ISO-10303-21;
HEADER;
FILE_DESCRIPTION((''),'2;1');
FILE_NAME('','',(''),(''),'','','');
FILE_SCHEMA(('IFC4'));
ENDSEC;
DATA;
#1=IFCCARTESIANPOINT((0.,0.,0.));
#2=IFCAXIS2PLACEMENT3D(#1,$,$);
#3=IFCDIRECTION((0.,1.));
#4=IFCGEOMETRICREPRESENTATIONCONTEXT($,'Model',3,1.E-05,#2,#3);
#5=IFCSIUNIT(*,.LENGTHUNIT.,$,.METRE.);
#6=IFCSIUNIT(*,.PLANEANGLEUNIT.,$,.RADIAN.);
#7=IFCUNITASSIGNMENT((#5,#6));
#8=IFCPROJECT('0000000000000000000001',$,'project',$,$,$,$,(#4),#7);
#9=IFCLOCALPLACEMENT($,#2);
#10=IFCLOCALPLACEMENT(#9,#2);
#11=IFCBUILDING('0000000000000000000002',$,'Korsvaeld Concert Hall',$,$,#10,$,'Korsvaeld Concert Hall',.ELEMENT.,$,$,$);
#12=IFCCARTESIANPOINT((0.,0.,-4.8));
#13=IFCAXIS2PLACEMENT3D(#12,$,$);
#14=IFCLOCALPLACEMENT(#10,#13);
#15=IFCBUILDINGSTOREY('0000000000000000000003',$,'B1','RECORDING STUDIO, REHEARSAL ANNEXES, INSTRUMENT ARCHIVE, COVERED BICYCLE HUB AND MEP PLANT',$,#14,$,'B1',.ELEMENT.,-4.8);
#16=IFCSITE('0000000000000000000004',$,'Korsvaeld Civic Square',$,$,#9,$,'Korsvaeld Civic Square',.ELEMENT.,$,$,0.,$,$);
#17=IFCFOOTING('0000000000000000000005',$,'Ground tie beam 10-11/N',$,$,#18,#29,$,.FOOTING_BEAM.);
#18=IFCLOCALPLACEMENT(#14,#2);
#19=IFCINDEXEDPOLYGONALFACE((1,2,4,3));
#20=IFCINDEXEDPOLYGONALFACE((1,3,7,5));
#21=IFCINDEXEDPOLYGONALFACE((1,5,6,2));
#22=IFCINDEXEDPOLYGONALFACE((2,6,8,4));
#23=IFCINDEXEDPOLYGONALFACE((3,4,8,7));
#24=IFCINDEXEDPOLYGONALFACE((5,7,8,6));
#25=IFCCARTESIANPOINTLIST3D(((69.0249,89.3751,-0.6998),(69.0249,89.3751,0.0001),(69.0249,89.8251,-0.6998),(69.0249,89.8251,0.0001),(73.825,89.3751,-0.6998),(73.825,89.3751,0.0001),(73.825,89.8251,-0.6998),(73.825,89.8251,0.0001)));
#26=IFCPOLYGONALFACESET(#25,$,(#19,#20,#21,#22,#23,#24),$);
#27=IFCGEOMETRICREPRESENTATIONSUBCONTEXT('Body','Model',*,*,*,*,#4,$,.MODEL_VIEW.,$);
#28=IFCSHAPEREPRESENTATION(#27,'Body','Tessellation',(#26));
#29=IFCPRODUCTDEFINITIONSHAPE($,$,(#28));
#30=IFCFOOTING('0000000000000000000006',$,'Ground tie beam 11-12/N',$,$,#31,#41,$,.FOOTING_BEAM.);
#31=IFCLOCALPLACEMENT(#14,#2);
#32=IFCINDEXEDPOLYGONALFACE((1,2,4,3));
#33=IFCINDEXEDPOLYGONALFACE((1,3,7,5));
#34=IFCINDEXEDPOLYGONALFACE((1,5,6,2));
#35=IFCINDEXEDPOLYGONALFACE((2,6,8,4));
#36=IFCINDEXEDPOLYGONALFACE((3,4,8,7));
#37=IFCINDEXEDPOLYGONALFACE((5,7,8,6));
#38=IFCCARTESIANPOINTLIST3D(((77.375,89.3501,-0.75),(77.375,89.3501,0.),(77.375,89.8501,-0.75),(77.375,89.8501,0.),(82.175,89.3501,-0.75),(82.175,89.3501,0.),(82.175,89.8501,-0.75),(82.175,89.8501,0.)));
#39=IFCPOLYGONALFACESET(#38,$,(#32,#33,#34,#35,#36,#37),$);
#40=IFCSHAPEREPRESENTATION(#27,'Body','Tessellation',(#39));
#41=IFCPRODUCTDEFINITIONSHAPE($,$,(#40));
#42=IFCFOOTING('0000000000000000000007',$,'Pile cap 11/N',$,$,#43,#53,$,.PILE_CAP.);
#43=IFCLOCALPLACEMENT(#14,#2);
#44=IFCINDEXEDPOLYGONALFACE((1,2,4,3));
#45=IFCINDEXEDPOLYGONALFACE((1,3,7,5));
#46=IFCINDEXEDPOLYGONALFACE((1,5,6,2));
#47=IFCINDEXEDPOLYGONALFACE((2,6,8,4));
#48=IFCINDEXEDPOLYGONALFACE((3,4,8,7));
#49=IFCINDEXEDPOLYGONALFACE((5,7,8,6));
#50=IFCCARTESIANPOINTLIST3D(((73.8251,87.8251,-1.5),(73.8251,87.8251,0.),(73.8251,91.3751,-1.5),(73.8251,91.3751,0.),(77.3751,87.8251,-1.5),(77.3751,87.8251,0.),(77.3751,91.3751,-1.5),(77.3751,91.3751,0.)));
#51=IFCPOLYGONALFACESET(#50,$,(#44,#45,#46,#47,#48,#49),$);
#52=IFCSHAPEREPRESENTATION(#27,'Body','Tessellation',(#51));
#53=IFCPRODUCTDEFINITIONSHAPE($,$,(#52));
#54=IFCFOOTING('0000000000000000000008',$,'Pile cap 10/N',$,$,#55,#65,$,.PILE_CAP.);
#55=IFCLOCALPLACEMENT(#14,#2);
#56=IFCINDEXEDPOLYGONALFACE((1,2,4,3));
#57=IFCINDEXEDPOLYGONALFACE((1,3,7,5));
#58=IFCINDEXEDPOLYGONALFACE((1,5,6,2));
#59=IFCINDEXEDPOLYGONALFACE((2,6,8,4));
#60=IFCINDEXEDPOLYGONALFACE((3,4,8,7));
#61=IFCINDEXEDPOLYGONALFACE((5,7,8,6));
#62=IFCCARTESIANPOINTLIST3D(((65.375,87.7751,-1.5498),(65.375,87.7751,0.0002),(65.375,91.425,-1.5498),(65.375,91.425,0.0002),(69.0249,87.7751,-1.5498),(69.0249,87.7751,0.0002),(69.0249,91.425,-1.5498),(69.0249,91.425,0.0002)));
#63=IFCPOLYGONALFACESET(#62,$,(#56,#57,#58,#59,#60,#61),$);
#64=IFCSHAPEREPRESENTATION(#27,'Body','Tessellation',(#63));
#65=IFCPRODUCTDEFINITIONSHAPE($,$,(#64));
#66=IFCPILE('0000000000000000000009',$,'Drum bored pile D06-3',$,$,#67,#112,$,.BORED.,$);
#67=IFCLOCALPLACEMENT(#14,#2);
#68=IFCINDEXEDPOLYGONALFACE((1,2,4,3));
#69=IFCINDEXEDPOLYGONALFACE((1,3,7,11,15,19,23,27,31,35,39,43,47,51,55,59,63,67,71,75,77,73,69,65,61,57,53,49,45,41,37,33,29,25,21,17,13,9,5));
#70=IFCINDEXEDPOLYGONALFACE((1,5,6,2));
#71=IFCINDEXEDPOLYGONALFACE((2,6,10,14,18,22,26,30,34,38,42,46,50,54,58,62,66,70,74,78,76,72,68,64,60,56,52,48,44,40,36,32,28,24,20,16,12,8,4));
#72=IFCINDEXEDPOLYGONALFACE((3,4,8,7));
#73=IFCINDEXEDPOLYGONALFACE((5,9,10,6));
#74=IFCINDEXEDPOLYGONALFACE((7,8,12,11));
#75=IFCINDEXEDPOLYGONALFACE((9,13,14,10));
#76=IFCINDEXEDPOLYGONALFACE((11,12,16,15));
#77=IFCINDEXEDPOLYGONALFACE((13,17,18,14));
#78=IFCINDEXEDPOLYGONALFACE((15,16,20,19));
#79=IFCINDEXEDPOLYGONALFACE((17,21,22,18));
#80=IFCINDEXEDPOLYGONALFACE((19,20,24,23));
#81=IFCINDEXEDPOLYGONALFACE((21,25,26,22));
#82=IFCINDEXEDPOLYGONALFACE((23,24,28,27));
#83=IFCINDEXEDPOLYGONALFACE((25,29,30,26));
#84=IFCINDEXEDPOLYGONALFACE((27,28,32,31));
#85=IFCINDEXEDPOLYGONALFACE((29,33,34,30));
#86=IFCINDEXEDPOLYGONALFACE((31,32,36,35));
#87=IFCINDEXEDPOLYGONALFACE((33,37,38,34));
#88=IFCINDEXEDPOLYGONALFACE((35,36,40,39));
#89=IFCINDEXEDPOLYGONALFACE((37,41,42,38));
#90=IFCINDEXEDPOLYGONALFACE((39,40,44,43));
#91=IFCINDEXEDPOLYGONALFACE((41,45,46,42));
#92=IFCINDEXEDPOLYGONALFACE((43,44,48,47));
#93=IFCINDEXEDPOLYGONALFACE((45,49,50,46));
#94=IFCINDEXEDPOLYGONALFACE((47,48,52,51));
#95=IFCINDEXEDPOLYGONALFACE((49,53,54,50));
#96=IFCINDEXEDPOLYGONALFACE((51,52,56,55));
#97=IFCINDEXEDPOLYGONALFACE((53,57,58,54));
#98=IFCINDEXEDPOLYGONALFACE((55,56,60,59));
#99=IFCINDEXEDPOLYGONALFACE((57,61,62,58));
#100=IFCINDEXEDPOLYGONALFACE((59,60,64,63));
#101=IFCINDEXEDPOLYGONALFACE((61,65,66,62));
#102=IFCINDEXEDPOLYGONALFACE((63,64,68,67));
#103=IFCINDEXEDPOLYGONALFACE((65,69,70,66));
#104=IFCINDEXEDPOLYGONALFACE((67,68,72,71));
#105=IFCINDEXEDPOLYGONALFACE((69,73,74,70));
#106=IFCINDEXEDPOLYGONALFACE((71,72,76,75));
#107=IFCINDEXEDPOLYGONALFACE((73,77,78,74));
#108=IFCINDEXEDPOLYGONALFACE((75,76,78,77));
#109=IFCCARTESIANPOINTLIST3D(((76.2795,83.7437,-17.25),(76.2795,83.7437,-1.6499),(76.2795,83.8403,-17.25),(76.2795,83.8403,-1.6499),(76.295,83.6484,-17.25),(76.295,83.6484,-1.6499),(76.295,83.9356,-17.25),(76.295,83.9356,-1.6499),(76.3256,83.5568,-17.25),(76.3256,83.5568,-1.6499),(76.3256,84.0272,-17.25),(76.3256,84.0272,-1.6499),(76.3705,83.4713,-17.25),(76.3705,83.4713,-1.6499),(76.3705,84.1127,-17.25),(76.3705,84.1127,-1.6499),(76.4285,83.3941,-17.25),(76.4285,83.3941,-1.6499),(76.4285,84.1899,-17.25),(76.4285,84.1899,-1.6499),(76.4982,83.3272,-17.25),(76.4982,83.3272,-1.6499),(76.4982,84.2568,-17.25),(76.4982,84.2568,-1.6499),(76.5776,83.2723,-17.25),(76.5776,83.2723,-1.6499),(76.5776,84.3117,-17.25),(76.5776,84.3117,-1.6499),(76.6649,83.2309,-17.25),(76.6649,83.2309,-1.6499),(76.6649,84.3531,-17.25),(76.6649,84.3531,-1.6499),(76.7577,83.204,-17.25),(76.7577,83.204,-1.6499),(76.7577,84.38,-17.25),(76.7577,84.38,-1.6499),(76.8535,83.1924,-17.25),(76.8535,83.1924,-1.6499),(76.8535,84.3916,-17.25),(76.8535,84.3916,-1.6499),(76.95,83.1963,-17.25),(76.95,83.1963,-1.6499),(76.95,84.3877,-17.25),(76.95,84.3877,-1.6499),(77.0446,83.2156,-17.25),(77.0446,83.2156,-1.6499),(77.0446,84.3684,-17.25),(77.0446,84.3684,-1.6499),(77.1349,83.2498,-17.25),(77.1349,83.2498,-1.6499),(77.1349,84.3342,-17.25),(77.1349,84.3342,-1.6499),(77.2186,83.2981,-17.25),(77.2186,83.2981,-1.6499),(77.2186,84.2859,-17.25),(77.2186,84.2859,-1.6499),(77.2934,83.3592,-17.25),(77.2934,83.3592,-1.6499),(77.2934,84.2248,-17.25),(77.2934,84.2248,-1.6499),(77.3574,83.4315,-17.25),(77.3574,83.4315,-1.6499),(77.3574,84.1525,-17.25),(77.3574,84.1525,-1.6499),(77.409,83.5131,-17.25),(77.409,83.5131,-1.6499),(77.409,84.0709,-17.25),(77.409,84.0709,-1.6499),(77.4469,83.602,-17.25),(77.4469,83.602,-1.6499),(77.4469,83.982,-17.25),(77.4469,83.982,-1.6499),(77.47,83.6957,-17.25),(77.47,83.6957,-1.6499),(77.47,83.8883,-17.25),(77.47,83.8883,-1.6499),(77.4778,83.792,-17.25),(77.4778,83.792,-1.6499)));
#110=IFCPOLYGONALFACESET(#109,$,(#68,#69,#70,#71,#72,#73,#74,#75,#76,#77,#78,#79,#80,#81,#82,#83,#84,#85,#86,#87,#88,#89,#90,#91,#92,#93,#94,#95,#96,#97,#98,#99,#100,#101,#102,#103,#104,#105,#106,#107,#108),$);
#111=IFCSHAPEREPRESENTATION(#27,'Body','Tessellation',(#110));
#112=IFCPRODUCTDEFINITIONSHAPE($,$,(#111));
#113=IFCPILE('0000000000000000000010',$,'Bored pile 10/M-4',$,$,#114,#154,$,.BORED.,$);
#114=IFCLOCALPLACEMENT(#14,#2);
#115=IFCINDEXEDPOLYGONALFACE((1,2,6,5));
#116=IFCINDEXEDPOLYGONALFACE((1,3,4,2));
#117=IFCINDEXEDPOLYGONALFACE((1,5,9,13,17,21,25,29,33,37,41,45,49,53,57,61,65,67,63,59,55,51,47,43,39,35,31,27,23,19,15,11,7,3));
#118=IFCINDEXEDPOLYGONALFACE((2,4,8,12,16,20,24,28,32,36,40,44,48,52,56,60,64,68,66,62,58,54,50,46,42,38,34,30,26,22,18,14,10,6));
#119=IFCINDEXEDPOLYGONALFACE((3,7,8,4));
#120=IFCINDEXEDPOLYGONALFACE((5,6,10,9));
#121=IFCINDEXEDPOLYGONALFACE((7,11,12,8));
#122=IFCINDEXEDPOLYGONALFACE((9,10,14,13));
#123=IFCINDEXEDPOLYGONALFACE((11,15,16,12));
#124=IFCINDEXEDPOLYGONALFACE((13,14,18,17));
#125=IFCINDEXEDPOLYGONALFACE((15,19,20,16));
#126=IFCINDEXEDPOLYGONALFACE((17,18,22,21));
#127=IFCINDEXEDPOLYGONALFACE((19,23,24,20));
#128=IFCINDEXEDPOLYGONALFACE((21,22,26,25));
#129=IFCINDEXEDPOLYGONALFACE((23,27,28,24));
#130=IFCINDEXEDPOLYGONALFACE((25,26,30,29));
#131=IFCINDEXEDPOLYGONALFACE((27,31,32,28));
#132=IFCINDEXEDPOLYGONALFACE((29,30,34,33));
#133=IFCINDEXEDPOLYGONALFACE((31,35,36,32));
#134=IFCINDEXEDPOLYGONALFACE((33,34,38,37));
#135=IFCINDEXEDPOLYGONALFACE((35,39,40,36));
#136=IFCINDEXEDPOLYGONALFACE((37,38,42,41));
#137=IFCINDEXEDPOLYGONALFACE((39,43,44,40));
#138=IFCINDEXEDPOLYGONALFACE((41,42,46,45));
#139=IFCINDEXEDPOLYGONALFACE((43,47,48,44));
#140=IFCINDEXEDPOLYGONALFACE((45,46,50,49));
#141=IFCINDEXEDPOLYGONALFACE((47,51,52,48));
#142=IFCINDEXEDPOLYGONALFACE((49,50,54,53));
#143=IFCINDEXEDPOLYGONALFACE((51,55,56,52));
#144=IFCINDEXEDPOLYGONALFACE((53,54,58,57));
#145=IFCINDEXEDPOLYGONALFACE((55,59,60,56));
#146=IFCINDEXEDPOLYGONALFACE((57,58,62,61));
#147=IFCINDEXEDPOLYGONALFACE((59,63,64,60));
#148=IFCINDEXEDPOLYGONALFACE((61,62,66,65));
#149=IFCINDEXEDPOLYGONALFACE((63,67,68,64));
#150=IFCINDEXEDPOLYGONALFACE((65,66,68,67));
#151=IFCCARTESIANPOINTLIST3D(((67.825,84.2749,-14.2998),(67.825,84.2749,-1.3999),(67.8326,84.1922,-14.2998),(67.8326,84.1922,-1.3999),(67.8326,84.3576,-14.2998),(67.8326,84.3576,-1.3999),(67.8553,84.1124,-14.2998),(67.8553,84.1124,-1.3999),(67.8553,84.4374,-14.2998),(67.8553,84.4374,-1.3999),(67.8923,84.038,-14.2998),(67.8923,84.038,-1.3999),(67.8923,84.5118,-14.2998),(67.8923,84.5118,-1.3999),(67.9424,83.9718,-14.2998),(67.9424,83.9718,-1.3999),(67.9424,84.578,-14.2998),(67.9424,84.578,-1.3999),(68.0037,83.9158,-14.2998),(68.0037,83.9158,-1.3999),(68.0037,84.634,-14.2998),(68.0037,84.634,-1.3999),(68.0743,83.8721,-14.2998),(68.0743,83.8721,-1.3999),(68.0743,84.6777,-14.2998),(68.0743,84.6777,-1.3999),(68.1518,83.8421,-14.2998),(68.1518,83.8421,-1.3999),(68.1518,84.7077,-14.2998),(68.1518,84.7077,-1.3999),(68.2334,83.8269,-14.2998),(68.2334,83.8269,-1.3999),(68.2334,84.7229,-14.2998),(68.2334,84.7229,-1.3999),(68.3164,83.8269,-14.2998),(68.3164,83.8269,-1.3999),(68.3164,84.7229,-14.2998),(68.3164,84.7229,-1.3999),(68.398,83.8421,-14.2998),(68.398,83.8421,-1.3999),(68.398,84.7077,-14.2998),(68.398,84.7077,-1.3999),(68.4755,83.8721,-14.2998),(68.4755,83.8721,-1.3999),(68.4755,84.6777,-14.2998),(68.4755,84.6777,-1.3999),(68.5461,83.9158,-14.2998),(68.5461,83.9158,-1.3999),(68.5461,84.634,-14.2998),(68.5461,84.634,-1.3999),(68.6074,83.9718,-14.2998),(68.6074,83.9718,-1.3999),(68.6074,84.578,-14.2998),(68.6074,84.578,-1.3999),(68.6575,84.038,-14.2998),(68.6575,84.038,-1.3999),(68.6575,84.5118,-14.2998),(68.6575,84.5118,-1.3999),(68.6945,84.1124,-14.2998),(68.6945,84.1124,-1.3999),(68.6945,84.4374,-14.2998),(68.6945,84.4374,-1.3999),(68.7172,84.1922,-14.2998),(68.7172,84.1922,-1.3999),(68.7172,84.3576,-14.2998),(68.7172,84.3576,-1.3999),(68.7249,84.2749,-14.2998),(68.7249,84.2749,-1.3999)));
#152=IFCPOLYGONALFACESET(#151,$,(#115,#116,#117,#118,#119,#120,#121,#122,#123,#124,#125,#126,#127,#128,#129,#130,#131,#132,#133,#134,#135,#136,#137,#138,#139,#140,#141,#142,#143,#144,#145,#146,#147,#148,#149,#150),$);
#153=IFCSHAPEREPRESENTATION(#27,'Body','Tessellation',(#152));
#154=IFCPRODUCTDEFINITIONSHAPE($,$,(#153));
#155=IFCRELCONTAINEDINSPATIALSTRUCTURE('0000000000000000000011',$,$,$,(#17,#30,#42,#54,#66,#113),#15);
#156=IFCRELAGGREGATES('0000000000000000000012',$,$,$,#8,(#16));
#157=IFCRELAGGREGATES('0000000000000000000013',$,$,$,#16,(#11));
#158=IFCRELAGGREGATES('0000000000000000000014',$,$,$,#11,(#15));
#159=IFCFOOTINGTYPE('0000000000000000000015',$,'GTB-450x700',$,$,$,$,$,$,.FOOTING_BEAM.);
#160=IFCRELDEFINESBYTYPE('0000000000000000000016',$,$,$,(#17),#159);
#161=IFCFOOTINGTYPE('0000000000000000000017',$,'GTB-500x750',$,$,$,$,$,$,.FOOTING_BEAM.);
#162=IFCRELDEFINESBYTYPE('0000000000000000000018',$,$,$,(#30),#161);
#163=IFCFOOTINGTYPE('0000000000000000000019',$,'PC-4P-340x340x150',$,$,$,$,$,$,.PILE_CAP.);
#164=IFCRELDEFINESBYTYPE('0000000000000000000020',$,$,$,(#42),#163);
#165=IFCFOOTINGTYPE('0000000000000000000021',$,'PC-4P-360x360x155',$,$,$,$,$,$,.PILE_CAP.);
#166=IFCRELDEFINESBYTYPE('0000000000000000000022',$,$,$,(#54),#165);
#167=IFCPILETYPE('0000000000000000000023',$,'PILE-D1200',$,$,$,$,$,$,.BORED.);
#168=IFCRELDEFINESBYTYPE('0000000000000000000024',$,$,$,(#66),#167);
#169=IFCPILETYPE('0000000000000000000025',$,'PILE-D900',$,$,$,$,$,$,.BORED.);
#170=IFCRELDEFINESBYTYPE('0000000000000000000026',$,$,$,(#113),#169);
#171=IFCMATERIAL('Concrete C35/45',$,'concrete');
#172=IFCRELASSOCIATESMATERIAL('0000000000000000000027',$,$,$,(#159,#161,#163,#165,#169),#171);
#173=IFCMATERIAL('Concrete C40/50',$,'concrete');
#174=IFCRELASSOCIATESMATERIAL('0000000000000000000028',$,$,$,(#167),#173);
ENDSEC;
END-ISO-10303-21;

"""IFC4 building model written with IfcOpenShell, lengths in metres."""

from ifc_helpers import new_model, si_unit, direction, frame, origin, origin_2d, place, context, subcontext, project, spatial, rectangle, circle, extrude, material, material_profile, profile_set, type_object, element, save


model = new_model("IFC4")

# Units and contexts
model_context = context("Model", 3, precision=1e-05, world=origin(), true_north=direction((0.0, 1.0)))
body_context = subcontext(model_context, "Body", "Model", "MODEL_VIEW")
ifc_project = project(units=[si_unit("LENGTHUNIT", "METRE"), si_unit("PLANEANGLEUNIT", "RADIAN")], contexts=[model_context])

# Site, building, storey
site_placement = place(None, origin())
site = spatial("IfcSite", under=ifc_project, at=site_placement, Name="Korsvaeld Civic Square", LongName="Korsvaeld Civic Square", CompositionType="ELEMENT", RefElevation=0.0)
building_placement = place(site_placement, origin())
building = spatial("IfcBuilding", under=site, at=building_placement, Name="Korsvaeld Concert Hall", LongName="Korsvaeld Concert Hall", CompositionType="ELEMENT")
storey_placement = place(building_placement, frame((0.0, 0.0, -4.8)))
storey = spatial("IfcBuildingStorey", under=building, at=storey_placement, Name="B1", Description="RECORDING STUDIO, REHEARSAL ANNEXES, INSTRUMENT ARCHIVE, COVERED BICYCLE HUB AND MEP PLANT", LongName="B1", CompositionType="ELEMENT", Elevation=-4.8)

# Footings
ifc_material_1 = material(Name="Concrete C35/45", Category="concrete")
ifc_material_profile_1 = material_profile(ifc_material_1, rectangle(XDim=0.45, YDim=0.7, at=origin_2d()), Name="GTB 450x700")
ifc_profile_set_1 = profile_set([ifc_material_profile_1], Name="Concrete C35/45")
footing_type_1 = type_object("IfcFootingType", Name="GTB-450x700", PredefinedType="FOOTING_BEAM", material=ifc_profile_set_1)
footing_1_placement = place(storey_placement, frame((69.0249, 89.6001, -0.3499), z_axis=(1.0, 0.0, 0.0), x_axis=(0.0, 1.0, 0.0)))
element("IfcFooting", 1, at=footing_1_placement, inside=storey, type_object=footing_type_1, Name="Ground tie beam 10-11/N", PredefinedType="FOOTING_BEAM", context=body_context, shape_type="SweptSolid", body=[
    extrude(rectangle(XDim=0.45, YDim=0.7, at=origin_2d()), origin(), (0.0, 0.0, 1.0), 4.8),
])
ifc_material_profile_2 = material_profile(ifc_material_1, rectangle(XDim=0.5, YDim=0.75, at=origin_2d()), Name="GTB 500x750")
ifc_profile_set_2 = profile_set([ifc_material_profile_2], Name="Concrete C35/45")
footing_type_2 = type_object("IfcFootingType", Name="GTB-500x750", PredefinedType="FOOTING_BEAM", material=ifc_profile_set_2)
footing_2_placement = place(storey_placement, frame((77.375, 89.6001, -0.375), z_axis=(1.0, 0.0, 0.0), x_axis=(0.0, 1.0, 0.0)))
element("IfcFooting", 2, at=footing_2_placement, inside=storey, type_object=footing_type_2, Name="Ground tie beam 11-12/N", PredefinedType="FOOTING_BEAM", context=body_context, shape_type="SweptSolid", body=[
    extrude(rectangle(XDim=0.5, YDim=0.75, at=origin_2d()), origin(), (0.0, 0.0, 1.0), 4.8),
])
footing_type_3 = type_object("IfcFootingType", Name="PC-4P-340x340x150", PredefinedType="PILE_CAP", material=ifc_material_1)
footing_3_placement = place(storey_placement, frame((75.6001, 89.6001, -1.5), z_axis=(0.0, 0.0, 1.0), x_axis=(1.0, 0.0, 0.0)))
element("IfcFooting", 3, at=footing_3_placement, inside=storey, type_object=footing_type_3, Name="Pile cap 11/N", PredefinedType="PILE_CAP", context=body_context, shape_type="SweptSolid", body=[
    extrude(rectangle(XDim=3.55, YDim=3.55, at=origin_2d()), origin(), (0.0, 0.0, 1.0), 1.5),
])
footing_type_4 = type_object("IfcFootingType", Name="PC-4P-360x360x155", PredefinedType="PILE_CAP", material=ifc_material_1)
footing_4_placement = place(storey_placement, frame((67.2, 89.6001, -1.5498), z_axis=(0.0, 0.0, 1.0), x_axis=(1.0, 0.0, 0.0)))
element("IfcFooting", 4, at=footing_4_placement, inside=storey, type_object=footing_type_4, Name="Pile cap 10/N", PredefinedType="PILE_CAP", context=body_context, shape_type="SweptSolid", body=[
    extrude(rectangle(XDim=3.6499, YDim=3.6499, at=origin_2d()), origin(), (0.0, 0.0, 1.0), 1.55),
])

# Piles
ifc_material_2 = material(Name="Concrete C40/50", Category="concrete")
ifc_material_profile_3 = material_profile(ifc_material_2, circle(Radius=0.6001, at=origin_2d()), Name="BORED PILE D1200")
ifc_profile_set_3 = profile_set([ifc_material_profile_3], Name="Concrete C40/50")
pile_type_1 = type_object("IfcPileType", Name="PILE-D1200", PredefinedType="BORED", material=ifc_profile_set_3)
pile_1_placement = place(storey_placement, frame((76.8777, 83.792, -1.6499), z_axis=(0.0, 0.0, -1.0), x_axis=(1.0, 0.0, 0.0)))
element("IfcPile", 5, at=pile_1_placement, inside=storey, type_object=pile_type_1, Name="Drum bored pile D06-3", PredefinedType="BORED", context=body_context, shape_type="SweptSolid", body=[
    extrude(circle(Radius=0.6001, at=origin_2d()), origin(), (0.0, 0.0, 1.0), 15.6001),
])
ifc_material_profile_4 = material_profile(ifc_material_1, circle(Radius=0.45, at=origin_2d()), Name="BORED PILE D900")
ifc_profile_set_4 = profile_set([ifc_material_profile_4], Name="Concrete C35/45")
pile_type_2 = type_object("IfcPileType", Name="PILE-D900", PredefinedType="BORED", material=ifc_profile_set_4)
pile_2_placement = place(storey_placement, frame((68.2749, 84.2749, -1.3999), z_axis=(0.0, 0.0, -1.0), x_axis=(1.0, 0.0, 0.0)))
element("IfcPile", 6, at=pile_2_placement, inside=storey, type_object=pile_type_2, Name="Bored pile 10/M-4", PredefinedType="BORED", context=body_context, shape_type="SweptSolid", body=[
    extrude(circle(Radius=0.45, at=origin_2d()), origin(), (0.0, 0.0, 1.0), 12.8999),
])

save(model, "model.ifc")
